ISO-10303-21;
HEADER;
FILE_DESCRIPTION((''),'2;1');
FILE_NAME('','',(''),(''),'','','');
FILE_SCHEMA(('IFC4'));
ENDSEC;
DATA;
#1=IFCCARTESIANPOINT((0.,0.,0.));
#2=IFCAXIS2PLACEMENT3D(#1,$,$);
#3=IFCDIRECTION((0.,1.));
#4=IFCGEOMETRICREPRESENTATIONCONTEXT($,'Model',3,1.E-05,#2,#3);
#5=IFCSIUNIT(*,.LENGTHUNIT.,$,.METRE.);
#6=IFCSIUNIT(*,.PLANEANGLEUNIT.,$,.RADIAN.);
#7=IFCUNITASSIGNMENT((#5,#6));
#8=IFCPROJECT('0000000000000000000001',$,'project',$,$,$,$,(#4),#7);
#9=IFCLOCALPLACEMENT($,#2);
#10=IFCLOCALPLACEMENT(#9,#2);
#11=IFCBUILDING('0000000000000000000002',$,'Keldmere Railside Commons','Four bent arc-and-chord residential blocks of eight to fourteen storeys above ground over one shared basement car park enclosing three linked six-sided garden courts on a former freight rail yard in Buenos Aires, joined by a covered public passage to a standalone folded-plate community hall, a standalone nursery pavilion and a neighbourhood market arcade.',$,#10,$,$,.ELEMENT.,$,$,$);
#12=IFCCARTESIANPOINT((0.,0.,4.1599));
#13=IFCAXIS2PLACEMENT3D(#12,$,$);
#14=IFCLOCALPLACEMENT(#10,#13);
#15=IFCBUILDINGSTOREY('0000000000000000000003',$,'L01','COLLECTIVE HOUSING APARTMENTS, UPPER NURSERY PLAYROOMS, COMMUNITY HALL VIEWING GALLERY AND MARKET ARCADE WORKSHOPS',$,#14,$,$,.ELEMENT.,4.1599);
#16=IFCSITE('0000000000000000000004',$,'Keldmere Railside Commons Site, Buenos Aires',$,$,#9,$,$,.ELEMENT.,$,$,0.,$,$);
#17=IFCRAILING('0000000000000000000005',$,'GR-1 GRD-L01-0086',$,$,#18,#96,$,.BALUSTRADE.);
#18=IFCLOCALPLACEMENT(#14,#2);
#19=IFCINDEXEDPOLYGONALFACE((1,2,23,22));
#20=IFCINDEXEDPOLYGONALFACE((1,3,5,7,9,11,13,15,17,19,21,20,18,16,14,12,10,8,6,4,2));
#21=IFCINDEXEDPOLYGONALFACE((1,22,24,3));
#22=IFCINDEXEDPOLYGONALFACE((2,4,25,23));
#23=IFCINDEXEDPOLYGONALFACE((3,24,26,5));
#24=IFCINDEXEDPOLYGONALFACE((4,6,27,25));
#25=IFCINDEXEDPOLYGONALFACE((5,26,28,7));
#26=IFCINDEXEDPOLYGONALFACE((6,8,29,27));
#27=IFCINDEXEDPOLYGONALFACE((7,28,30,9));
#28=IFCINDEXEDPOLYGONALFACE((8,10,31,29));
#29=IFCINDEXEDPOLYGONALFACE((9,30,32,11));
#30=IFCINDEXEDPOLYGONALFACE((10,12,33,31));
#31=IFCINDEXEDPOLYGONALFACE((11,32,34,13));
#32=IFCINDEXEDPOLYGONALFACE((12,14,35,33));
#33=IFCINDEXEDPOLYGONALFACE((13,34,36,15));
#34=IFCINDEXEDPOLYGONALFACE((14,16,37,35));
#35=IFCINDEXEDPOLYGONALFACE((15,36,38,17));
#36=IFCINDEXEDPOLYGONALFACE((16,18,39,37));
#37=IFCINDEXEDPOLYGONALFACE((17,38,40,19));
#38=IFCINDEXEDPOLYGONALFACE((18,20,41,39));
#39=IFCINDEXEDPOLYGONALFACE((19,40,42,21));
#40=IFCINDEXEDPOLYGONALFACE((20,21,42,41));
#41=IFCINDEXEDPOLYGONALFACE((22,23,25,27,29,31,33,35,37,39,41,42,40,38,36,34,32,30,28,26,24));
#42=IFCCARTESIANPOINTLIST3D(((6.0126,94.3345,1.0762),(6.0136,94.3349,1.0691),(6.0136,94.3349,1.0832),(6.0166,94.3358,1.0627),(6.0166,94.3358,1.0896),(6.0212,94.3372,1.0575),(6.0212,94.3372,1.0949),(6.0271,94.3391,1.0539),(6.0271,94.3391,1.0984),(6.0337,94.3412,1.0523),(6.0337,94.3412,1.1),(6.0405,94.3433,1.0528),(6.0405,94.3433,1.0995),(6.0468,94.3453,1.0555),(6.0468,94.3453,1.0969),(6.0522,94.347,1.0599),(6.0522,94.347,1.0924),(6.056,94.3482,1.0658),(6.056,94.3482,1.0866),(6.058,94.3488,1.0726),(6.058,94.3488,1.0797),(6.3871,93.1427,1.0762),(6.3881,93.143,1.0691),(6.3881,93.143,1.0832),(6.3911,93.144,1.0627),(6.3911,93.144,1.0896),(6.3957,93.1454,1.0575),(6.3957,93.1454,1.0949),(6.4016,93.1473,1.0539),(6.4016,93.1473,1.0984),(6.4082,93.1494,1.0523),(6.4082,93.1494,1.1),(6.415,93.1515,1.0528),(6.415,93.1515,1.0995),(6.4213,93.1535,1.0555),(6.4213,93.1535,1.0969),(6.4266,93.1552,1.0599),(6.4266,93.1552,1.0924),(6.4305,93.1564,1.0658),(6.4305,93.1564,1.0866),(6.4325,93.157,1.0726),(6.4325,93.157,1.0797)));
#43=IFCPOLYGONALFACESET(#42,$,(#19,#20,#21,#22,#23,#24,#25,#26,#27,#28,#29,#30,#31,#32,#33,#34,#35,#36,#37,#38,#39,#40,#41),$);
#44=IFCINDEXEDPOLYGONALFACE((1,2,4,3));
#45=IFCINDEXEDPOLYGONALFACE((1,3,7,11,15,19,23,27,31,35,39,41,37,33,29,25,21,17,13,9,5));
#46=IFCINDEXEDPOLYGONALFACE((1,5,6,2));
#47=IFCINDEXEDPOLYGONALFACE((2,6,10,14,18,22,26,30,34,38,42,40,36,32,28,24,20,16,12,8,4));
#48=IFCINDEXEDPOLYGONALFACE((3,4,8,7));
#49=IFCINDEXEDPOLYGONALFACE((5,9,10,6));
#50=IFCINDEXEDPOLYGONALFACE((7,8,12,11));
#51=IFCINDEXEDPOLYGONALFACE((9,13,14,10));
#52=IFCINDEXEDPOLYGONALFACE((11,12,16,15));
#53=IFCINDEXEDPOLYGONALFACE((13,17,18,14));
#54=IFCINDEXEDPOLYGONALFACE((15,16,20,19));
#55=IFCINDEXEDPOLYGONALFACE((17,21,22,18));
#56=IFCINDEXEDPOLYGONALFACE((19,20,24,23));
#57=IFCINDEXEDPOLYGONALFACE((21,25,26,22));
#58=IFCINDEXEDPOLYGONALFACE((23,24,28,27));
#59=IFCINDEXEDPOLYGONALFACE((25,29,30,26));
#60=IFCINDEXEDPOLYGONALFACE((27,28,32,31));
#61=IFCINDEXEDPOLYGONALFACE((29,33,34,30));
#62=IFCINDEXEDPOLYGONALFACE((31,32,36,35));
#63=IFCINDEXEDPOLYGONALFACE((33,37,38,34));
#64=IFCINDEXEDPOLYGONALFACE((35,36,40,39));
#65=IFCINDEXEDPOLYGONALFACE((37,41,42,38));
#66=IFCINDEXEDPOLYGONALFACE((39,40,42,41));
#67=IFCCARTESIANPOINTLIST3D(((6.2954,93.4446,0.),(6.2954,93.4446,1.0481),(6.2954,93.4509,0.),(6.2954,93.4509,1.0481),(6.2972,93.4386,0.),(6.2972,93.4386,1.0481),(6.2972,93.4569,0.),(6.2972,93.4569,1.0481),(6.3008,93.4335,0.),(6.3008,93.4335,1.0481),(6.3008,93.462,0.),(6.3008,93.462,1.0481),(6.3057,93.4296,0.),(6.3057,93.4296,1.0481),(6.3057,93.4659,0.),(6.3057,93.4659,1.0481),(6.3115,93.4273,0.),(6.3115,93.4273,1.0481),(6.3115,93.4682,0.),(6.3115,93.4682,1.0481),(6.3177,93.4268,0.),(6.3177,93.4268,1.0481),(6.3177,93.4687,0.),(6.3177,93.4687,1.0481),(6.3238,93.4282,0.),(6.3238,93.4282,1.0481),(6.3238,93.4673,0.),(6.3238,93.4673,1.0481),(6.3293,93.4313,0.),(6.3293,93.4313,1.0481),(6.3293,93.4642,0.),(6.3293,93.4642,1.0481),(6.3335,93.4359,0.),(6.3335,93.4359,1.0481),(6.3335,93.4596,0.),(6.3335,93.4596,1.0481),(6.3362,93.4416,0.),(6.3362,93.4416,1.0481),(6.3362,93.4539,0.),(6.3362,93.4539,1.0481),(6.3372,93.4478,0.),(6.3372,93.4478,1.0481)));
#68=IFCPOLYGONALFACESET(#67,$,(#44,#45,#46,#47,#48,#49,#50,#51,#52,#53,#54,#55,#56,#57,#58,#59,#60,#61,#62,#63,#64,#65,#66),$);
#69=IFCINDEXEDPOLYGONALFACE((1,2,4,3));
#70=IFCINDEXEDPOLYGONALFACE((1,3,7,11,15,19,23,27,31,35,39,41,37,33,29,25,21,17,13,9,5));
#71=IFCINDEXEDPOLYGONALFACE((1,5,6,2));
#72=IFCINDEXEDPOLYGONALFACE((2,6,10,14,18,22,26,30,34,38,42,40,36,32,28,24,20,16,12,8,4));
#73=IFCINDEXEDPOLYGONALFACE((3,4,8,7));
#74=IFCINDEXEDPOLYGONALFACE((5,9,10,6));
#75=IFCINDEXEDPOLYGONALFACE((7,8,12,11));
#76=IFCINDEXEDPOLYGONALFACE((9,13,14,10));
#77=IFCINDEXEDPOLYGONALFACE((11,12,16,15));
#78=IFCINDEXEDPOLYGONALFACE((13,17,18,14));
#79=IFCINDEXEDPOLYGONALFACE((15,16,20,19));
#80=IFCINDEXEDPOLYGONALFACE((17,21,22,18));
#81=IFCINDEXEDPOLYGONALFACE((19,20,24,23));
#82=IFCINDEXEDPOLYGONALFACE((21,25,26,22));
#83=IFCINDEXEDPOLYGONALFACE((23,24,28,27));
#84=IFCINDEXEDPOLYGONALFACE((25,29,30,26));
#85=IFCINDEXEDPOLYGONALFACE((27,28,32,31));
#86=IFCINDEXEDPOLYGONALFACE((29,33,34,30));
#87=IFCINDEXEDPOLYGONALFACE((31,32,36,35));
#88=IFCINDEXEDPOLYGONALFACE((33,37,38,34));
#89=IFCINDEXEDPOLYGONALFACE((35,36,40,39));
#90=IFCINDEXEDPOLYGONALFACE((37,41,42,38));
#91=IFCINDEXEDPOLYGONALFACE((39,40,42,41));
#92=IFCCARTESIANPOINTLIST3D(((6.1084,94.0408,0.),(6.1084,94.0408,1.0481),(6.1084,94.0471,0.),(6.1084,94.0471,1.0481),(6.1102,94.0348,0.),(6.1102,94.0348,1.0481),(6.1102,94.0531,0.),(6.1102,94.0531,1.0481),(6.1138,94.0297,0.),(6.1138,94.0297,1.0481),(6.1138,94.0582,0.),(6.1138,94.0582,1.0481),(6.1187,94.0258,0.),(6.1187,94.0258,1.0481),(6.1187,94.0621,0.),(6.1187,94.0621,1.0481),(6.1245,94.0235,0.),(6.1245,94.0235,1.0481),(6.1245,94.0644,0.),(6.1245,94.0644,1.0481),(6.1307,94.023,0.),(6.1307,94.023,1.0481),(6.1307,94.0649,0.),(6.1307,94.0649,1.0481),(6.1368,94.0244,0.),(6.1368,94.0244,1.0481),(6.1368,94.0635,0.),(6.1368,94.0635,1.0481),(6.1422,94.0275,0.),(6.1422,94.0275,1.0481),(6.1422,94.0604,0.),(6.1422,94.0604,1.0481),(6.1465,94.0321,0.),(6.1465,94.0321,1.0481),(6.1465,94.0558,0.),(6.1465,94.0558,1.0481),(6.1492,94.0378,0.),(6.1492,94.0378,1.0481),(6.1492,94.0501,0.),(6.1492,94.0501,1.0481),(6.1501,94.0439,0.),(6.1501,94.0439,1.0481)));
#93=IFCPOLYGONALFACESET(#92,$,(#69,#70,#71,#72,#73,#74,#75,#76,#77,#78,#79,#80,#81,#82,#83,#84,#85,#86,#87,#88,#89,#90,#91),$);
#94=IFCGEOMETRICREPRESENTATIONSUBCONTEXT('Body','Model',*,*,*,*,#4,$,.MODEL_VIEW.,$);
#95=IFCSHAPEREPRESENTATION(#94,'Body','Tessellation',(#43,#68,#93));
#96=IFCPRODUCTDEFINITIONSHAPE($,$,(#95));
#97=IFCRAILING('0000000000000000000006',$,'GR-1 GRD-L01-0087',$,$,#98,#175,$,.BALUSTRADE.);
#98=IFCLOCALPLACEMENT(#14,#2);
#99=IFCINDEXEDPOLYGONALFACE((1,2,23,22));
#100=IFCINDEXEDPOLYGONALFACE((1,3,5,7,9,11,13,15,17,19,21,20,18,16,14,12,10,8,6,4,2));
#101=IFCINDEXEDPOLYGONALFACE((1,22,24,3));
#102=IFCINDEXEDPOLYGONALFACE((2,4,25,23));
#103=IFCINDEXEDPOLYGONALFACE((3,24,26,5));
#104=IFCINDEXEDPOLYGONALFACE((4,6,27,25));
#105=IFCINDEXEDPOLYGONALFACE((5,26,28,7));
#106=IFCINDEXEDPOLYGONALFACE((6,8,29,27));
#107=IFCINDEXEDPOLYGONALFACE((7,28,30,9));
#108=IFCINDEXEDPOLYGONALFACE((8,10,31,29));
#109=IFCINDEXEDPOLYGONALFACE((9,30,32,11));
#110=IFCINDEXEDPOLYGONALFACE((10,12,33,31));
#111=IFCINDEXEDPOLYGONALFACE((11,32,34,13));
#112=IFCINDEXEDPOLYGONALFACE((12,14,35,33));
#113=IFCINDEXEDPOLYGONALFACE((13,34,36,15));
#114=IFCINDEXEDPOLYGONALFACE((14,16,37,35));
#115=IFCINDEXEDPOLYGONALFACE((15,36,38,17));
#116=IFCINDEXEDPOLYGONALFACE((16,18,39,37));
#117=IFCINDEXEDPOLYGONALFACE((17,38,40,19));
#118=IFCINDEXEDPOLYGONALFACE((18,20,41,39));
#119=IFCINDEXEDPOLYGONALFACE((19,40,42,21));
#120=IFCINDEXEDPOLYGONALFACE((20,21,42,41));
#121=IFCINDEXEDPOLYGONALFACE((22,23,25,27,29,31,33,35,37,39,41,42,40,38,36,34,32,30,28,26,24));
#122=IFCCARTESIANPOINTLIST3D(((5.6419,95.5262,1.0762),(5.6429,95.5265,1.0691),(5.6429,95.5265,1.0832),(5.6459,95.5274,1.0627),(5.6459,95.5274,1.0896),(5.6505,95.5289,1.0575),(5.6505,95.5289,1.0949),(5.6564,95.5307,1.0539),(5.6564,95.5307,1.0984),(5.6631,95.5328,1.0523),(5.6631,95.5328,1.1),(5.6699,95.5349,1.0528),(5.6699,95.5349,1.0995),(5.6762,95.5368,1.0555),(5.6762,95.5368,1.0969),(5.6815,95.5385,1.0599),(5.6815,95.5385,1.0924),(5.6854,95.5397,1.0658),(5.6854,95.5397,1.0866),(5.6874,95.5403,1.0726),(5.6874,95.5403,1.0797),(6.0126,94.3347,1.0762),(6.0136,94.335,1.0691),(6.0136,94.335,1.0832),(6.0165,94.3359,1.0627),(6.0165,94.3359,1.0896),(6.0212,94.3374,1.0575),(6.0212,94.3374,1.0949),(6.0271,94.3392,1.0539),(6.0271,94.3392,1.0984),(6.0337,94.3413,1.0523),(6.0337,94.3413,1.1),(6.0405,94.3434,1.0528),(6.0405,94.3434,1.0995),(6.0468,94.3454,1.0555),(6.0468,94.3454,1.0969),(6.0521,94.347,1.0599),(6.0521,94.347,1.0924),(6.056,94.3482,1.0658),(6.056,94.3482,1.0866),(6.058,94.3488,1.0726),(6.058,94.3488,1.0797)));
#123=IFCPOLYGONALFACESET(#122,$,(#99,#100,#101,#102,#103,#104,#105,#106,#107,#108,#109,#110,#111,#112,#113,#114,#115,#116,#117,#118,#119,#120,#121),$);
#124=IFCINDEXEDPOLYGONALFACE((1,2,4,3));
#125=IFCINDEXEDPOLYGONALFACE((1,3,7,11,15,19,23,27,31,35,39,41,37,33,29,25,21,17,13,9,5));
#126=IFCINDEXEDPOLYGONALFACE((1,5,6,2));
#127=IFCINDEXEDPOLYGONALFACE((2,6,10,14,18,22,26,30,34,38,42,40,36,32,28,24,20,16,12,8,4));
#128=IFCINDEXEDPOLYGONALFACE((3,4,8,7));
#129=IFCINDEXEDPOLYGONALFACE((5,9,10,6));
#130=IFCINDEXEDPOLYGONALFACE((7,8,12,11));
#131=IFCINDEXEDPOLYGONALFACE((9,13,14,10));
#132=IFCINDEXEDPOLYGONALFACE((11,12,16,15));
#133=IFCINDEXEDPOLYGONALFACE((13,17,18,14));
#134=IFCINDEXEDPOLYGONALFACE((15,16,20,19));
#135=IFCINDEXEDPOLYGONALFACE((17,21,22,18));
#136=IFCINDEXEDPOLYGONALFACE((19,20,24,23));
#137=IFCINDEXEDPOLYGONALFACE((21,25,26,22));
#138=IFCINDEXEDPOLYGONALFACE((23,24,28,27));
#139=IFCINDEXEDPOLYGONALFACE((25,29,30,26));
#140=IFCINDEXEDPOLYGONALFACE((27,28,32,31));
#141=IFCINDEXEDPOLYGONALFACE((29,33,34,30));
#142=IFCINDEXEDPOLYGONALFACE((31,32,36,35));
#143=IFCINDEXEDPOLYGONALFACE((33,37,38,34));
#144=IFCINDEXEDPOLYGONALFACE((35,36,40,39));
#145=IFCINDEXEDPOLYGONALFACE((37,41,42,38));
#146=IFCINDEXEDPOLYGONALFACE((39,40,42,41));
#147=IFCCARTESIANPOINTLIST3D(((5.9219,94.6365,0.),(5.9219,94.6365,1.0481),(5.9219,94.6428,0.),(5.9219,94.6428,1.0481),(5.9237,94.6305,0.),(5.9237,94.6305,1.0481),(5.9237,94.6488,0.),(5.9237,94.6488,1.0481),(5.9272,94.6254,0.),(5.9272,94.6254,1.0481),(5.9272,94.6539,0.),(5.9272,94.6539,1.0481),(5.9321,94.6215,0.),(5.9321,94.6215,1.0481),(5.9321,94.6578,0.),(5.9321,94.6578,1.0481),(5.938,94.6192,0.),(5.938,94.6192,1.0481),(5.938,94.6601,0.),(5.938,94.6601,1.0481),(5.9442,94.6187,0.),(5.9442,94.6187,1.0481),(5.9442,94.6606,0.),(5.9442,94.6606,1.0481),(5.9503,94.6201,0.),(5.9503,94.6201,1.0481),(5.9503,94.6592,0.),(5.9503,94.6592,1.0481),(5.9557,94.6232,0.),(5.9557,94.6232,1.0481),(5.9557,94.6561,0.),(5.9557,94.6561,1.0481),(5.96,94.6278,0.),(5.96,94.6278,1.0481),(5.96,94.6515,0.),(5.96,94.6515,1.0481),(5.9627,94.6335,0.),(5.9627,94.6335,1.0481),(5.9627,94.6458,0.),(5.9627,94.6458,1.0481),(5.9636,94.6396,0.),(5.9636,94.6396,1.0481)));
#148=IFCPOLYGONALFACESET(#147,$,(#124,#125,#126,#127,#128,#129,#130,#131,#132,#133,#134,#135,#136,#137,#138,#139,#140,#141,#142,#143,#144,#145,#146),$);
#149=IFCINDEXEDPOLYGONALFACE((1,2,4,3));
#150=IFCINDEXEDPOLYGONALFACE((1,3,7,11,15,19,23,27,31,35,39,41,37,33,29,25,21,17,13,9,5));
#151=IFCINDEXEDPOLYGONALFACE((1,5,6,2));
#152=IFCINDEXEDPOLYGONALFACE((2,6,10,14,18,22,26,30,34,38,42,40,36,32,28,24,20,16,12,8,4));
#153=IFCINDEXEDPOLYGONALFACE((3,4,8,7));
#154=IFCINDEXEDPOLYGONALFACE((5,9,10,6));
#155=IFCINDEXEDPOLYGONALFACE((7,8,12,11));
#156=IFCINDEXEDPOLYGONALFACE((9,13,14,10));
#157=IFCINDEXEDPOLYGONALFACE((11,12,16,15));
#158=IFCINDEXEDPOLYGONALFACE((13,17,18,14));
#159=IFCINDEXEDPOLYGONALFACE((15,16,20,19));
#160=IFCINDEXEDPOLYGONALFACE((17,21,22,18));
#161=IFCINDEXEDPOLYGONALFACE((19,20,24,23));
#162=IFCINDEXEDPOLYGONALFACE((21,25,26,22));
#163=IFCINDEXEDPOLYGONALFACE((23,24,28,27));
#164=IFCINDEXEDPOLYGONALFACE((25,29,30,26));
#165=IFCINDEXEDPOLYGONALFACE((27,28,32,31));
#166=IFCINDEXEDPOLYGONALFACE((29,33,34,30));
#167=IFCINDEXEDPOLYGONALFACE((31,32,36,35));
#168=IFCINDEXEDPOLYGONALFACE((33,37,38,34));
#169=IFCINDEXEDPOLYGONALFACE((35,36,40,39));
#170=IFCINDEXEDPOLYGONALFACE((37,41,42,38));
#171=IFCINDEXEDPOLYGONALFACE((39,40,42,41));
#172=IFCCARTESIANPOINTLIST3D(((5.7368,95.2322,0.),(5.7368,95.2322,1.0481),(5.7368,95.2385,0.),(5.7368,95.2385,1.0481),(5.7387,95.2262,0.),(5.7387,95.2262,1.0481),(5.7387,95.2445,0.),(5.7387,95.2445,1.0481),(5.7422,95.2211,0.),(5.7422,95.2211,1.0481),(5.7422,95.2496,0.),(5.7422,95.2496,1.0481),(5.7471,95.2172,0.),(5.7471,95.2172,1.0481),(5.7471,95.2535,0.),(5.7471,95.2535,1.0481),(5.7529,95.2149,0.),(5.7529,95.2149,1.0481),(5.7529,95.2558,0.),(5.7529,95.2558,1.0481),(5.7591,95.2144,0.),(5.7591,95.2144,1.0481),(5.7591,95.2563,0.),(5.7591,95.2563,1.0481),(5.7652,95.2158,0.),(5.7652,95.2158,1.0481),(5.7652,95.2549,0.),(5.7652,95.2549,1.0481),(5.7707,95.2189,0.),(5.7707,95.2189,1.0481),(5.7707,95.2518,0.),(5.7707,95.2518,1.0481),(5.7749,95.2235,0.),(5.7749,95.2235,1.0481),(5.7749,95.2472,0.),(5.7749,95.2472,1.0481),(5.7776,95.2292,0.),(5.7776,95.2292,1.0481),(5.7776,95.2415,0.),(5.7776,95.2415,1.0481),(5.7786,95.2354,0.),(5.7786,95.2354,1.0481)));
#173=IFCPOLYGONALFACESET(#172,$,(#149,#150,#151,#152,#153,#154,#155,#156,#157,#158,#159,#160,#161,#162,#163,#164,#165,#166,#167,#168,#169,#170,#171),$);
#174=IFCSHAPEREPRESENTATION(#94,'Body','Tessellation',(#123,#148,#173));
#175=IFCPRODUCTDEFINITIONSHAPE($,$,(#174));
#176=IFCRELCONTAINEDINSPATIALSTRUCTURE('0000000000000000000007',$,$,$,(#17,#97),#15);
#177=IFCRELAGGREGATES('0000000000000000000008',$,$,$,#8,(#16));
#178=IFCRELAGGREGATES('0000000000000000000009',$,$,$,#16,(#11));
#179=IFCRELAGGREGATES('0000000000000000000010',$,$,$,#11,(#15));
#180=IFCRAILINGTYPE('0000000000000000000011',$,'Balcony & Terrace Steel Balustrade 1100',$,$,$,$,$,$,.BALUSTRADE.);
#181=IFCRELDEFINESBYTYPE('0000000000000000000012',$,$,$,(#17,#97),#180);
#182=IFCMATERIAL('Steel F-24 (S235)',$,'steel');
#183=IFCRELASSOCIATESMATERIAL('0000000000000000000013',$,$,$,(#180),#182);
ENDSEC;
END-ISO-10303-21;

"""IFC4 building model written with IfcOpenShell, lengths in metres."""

from ifc_helpers import new_model, si_unit, direction, frame, origin, origin_2d, place, context, subcontext, project, spatial, circle, extrude, material, type_object, element, save


model = new_model("IFC4")

# Units and contexts
model_context = context("Model", 3, precision=1e-05, world=origin(), true_north=direction((0.0, 1.0)))
body_context = subcontext(model_context, "Body", "Model", "MODEL_VIEW")
ifc_project = project(units=[si_unit("LENGTHUNIT", "METRE"), si_unit("PLANEANGLEUNIT", "RADIAN")], contexts=[model_context])

# Site, building, storey
site_placement = place(None, origin())
site = spatial("IfcSite", under=ifc_project, at=site_placement, Name="Keldmere Railside Commons Site, Buenos Aires", CompositionType="ELEMENT", RefElevation=0.0)
building_placement = place(site_placement, origin())
building = spatial("IfcBuilding", under=site, at=building_placement, Name="Keldmere Railside Commons", Description="Four bent arc-and-chord residential blocks of eight to fourteen storeys above ground over one shared basement car park enclosing three linked six-sided garden courts on a former freight rail yard in Buenos Aires, joined by a covered public passage to a standalone folded-plate community hall, a standalone nursery pavilion and a neighbourhood market arcade.", CompositionType="ELEMENT")
storey_placement = place(building_placement, frame((0.0, 0.0, 4.1599)))
storey = spatial("IfcBuildingStorey", under=building, at=storey_placement, Name="L01", Description="COLLECTIVE HOUSING APARTMENTS, UPPER NURSERY PLAYROOMS, COMMUNITY HALL VIEWING GALLERY AND MARKET ARCADE WORKSHOPS", CompositionType="ELEMENT", Elevation=4.1599)

# Railings
ifc_material_1 = material(Name="Steel F-24 (S235)", Category="steel")
railing_type = type_object("IfcRailingType", Name="Balcony & Terrace Steel Balustrade 1100", PredefinedType="BALUSTRADE", material=ifc_material_1)
railing_1_placement = place(storey_placement, frame((6.4099, 93.1499, 0.0)))
element("IfcRailing", 1, at=railing_1_placement, inside=storey, type_object=railing_type, Name="GR-1 GRD-L01-0086", PredefinedType="BALUSTRADE", context=body_context, shape_type="SweptSolid", body=[
    extrude(circle(Radius=0.0239, at=origin_2d()), frame((0.0, 0.0, 1.0762), z_axis=(-0.299766, 0.954013, 0.0), x_axis=(-0.954013, -0.299766, 0.0)), (0.0, 0.0, 1.0), 1.2493),
    extrude(circle(Radius=0.021, at=origin_2d()), frame((-0.0938, 0.2979, 0.0)), (0.0, 0.0, 1.0), 1.0481),
    extrude(circle(Radius=0.021, at=origin_2d()), frame((-0.2808, 0.894, 0.0)), (0.0, 0.0, 1.0), 1.0481),
])
railing_2_placement = place(storey_placement, frame((6.0354, 94.3418, 0.0)))
element("IfcRailing", 2, at=railing_2_placement, inside=storey, type_object=railing_type, Name="GR-1 GRD-L01-0087", PredefinedType="BALUSTRADE", context=body_context, shape_type="SweptSolid", body=[
    extrude(circle(Radius=0.0239, at=origin_2d()), frame((0.0, 0.0, 1.0762), z_axis=(-0.297027, 0.954869, 0.0), x_axis=(-0.954869, -0.297027, 0.0)), (0.0, 0.0, 1.0), 1.2478),
    extrude(circle(Radius=0.021, at=origin_2d()), frame((-0.0928, 0.2979, 0.0)), (0.0, 0.0, 1.0), 1.0481),
    extrude(circle(Radius=0.021, at=origin_2d()), frame((-0.2778, 0.8936, 0.0)), (0.0, 0.0, 1.0), 1.0481),
])

save(model, "model.ifc")
